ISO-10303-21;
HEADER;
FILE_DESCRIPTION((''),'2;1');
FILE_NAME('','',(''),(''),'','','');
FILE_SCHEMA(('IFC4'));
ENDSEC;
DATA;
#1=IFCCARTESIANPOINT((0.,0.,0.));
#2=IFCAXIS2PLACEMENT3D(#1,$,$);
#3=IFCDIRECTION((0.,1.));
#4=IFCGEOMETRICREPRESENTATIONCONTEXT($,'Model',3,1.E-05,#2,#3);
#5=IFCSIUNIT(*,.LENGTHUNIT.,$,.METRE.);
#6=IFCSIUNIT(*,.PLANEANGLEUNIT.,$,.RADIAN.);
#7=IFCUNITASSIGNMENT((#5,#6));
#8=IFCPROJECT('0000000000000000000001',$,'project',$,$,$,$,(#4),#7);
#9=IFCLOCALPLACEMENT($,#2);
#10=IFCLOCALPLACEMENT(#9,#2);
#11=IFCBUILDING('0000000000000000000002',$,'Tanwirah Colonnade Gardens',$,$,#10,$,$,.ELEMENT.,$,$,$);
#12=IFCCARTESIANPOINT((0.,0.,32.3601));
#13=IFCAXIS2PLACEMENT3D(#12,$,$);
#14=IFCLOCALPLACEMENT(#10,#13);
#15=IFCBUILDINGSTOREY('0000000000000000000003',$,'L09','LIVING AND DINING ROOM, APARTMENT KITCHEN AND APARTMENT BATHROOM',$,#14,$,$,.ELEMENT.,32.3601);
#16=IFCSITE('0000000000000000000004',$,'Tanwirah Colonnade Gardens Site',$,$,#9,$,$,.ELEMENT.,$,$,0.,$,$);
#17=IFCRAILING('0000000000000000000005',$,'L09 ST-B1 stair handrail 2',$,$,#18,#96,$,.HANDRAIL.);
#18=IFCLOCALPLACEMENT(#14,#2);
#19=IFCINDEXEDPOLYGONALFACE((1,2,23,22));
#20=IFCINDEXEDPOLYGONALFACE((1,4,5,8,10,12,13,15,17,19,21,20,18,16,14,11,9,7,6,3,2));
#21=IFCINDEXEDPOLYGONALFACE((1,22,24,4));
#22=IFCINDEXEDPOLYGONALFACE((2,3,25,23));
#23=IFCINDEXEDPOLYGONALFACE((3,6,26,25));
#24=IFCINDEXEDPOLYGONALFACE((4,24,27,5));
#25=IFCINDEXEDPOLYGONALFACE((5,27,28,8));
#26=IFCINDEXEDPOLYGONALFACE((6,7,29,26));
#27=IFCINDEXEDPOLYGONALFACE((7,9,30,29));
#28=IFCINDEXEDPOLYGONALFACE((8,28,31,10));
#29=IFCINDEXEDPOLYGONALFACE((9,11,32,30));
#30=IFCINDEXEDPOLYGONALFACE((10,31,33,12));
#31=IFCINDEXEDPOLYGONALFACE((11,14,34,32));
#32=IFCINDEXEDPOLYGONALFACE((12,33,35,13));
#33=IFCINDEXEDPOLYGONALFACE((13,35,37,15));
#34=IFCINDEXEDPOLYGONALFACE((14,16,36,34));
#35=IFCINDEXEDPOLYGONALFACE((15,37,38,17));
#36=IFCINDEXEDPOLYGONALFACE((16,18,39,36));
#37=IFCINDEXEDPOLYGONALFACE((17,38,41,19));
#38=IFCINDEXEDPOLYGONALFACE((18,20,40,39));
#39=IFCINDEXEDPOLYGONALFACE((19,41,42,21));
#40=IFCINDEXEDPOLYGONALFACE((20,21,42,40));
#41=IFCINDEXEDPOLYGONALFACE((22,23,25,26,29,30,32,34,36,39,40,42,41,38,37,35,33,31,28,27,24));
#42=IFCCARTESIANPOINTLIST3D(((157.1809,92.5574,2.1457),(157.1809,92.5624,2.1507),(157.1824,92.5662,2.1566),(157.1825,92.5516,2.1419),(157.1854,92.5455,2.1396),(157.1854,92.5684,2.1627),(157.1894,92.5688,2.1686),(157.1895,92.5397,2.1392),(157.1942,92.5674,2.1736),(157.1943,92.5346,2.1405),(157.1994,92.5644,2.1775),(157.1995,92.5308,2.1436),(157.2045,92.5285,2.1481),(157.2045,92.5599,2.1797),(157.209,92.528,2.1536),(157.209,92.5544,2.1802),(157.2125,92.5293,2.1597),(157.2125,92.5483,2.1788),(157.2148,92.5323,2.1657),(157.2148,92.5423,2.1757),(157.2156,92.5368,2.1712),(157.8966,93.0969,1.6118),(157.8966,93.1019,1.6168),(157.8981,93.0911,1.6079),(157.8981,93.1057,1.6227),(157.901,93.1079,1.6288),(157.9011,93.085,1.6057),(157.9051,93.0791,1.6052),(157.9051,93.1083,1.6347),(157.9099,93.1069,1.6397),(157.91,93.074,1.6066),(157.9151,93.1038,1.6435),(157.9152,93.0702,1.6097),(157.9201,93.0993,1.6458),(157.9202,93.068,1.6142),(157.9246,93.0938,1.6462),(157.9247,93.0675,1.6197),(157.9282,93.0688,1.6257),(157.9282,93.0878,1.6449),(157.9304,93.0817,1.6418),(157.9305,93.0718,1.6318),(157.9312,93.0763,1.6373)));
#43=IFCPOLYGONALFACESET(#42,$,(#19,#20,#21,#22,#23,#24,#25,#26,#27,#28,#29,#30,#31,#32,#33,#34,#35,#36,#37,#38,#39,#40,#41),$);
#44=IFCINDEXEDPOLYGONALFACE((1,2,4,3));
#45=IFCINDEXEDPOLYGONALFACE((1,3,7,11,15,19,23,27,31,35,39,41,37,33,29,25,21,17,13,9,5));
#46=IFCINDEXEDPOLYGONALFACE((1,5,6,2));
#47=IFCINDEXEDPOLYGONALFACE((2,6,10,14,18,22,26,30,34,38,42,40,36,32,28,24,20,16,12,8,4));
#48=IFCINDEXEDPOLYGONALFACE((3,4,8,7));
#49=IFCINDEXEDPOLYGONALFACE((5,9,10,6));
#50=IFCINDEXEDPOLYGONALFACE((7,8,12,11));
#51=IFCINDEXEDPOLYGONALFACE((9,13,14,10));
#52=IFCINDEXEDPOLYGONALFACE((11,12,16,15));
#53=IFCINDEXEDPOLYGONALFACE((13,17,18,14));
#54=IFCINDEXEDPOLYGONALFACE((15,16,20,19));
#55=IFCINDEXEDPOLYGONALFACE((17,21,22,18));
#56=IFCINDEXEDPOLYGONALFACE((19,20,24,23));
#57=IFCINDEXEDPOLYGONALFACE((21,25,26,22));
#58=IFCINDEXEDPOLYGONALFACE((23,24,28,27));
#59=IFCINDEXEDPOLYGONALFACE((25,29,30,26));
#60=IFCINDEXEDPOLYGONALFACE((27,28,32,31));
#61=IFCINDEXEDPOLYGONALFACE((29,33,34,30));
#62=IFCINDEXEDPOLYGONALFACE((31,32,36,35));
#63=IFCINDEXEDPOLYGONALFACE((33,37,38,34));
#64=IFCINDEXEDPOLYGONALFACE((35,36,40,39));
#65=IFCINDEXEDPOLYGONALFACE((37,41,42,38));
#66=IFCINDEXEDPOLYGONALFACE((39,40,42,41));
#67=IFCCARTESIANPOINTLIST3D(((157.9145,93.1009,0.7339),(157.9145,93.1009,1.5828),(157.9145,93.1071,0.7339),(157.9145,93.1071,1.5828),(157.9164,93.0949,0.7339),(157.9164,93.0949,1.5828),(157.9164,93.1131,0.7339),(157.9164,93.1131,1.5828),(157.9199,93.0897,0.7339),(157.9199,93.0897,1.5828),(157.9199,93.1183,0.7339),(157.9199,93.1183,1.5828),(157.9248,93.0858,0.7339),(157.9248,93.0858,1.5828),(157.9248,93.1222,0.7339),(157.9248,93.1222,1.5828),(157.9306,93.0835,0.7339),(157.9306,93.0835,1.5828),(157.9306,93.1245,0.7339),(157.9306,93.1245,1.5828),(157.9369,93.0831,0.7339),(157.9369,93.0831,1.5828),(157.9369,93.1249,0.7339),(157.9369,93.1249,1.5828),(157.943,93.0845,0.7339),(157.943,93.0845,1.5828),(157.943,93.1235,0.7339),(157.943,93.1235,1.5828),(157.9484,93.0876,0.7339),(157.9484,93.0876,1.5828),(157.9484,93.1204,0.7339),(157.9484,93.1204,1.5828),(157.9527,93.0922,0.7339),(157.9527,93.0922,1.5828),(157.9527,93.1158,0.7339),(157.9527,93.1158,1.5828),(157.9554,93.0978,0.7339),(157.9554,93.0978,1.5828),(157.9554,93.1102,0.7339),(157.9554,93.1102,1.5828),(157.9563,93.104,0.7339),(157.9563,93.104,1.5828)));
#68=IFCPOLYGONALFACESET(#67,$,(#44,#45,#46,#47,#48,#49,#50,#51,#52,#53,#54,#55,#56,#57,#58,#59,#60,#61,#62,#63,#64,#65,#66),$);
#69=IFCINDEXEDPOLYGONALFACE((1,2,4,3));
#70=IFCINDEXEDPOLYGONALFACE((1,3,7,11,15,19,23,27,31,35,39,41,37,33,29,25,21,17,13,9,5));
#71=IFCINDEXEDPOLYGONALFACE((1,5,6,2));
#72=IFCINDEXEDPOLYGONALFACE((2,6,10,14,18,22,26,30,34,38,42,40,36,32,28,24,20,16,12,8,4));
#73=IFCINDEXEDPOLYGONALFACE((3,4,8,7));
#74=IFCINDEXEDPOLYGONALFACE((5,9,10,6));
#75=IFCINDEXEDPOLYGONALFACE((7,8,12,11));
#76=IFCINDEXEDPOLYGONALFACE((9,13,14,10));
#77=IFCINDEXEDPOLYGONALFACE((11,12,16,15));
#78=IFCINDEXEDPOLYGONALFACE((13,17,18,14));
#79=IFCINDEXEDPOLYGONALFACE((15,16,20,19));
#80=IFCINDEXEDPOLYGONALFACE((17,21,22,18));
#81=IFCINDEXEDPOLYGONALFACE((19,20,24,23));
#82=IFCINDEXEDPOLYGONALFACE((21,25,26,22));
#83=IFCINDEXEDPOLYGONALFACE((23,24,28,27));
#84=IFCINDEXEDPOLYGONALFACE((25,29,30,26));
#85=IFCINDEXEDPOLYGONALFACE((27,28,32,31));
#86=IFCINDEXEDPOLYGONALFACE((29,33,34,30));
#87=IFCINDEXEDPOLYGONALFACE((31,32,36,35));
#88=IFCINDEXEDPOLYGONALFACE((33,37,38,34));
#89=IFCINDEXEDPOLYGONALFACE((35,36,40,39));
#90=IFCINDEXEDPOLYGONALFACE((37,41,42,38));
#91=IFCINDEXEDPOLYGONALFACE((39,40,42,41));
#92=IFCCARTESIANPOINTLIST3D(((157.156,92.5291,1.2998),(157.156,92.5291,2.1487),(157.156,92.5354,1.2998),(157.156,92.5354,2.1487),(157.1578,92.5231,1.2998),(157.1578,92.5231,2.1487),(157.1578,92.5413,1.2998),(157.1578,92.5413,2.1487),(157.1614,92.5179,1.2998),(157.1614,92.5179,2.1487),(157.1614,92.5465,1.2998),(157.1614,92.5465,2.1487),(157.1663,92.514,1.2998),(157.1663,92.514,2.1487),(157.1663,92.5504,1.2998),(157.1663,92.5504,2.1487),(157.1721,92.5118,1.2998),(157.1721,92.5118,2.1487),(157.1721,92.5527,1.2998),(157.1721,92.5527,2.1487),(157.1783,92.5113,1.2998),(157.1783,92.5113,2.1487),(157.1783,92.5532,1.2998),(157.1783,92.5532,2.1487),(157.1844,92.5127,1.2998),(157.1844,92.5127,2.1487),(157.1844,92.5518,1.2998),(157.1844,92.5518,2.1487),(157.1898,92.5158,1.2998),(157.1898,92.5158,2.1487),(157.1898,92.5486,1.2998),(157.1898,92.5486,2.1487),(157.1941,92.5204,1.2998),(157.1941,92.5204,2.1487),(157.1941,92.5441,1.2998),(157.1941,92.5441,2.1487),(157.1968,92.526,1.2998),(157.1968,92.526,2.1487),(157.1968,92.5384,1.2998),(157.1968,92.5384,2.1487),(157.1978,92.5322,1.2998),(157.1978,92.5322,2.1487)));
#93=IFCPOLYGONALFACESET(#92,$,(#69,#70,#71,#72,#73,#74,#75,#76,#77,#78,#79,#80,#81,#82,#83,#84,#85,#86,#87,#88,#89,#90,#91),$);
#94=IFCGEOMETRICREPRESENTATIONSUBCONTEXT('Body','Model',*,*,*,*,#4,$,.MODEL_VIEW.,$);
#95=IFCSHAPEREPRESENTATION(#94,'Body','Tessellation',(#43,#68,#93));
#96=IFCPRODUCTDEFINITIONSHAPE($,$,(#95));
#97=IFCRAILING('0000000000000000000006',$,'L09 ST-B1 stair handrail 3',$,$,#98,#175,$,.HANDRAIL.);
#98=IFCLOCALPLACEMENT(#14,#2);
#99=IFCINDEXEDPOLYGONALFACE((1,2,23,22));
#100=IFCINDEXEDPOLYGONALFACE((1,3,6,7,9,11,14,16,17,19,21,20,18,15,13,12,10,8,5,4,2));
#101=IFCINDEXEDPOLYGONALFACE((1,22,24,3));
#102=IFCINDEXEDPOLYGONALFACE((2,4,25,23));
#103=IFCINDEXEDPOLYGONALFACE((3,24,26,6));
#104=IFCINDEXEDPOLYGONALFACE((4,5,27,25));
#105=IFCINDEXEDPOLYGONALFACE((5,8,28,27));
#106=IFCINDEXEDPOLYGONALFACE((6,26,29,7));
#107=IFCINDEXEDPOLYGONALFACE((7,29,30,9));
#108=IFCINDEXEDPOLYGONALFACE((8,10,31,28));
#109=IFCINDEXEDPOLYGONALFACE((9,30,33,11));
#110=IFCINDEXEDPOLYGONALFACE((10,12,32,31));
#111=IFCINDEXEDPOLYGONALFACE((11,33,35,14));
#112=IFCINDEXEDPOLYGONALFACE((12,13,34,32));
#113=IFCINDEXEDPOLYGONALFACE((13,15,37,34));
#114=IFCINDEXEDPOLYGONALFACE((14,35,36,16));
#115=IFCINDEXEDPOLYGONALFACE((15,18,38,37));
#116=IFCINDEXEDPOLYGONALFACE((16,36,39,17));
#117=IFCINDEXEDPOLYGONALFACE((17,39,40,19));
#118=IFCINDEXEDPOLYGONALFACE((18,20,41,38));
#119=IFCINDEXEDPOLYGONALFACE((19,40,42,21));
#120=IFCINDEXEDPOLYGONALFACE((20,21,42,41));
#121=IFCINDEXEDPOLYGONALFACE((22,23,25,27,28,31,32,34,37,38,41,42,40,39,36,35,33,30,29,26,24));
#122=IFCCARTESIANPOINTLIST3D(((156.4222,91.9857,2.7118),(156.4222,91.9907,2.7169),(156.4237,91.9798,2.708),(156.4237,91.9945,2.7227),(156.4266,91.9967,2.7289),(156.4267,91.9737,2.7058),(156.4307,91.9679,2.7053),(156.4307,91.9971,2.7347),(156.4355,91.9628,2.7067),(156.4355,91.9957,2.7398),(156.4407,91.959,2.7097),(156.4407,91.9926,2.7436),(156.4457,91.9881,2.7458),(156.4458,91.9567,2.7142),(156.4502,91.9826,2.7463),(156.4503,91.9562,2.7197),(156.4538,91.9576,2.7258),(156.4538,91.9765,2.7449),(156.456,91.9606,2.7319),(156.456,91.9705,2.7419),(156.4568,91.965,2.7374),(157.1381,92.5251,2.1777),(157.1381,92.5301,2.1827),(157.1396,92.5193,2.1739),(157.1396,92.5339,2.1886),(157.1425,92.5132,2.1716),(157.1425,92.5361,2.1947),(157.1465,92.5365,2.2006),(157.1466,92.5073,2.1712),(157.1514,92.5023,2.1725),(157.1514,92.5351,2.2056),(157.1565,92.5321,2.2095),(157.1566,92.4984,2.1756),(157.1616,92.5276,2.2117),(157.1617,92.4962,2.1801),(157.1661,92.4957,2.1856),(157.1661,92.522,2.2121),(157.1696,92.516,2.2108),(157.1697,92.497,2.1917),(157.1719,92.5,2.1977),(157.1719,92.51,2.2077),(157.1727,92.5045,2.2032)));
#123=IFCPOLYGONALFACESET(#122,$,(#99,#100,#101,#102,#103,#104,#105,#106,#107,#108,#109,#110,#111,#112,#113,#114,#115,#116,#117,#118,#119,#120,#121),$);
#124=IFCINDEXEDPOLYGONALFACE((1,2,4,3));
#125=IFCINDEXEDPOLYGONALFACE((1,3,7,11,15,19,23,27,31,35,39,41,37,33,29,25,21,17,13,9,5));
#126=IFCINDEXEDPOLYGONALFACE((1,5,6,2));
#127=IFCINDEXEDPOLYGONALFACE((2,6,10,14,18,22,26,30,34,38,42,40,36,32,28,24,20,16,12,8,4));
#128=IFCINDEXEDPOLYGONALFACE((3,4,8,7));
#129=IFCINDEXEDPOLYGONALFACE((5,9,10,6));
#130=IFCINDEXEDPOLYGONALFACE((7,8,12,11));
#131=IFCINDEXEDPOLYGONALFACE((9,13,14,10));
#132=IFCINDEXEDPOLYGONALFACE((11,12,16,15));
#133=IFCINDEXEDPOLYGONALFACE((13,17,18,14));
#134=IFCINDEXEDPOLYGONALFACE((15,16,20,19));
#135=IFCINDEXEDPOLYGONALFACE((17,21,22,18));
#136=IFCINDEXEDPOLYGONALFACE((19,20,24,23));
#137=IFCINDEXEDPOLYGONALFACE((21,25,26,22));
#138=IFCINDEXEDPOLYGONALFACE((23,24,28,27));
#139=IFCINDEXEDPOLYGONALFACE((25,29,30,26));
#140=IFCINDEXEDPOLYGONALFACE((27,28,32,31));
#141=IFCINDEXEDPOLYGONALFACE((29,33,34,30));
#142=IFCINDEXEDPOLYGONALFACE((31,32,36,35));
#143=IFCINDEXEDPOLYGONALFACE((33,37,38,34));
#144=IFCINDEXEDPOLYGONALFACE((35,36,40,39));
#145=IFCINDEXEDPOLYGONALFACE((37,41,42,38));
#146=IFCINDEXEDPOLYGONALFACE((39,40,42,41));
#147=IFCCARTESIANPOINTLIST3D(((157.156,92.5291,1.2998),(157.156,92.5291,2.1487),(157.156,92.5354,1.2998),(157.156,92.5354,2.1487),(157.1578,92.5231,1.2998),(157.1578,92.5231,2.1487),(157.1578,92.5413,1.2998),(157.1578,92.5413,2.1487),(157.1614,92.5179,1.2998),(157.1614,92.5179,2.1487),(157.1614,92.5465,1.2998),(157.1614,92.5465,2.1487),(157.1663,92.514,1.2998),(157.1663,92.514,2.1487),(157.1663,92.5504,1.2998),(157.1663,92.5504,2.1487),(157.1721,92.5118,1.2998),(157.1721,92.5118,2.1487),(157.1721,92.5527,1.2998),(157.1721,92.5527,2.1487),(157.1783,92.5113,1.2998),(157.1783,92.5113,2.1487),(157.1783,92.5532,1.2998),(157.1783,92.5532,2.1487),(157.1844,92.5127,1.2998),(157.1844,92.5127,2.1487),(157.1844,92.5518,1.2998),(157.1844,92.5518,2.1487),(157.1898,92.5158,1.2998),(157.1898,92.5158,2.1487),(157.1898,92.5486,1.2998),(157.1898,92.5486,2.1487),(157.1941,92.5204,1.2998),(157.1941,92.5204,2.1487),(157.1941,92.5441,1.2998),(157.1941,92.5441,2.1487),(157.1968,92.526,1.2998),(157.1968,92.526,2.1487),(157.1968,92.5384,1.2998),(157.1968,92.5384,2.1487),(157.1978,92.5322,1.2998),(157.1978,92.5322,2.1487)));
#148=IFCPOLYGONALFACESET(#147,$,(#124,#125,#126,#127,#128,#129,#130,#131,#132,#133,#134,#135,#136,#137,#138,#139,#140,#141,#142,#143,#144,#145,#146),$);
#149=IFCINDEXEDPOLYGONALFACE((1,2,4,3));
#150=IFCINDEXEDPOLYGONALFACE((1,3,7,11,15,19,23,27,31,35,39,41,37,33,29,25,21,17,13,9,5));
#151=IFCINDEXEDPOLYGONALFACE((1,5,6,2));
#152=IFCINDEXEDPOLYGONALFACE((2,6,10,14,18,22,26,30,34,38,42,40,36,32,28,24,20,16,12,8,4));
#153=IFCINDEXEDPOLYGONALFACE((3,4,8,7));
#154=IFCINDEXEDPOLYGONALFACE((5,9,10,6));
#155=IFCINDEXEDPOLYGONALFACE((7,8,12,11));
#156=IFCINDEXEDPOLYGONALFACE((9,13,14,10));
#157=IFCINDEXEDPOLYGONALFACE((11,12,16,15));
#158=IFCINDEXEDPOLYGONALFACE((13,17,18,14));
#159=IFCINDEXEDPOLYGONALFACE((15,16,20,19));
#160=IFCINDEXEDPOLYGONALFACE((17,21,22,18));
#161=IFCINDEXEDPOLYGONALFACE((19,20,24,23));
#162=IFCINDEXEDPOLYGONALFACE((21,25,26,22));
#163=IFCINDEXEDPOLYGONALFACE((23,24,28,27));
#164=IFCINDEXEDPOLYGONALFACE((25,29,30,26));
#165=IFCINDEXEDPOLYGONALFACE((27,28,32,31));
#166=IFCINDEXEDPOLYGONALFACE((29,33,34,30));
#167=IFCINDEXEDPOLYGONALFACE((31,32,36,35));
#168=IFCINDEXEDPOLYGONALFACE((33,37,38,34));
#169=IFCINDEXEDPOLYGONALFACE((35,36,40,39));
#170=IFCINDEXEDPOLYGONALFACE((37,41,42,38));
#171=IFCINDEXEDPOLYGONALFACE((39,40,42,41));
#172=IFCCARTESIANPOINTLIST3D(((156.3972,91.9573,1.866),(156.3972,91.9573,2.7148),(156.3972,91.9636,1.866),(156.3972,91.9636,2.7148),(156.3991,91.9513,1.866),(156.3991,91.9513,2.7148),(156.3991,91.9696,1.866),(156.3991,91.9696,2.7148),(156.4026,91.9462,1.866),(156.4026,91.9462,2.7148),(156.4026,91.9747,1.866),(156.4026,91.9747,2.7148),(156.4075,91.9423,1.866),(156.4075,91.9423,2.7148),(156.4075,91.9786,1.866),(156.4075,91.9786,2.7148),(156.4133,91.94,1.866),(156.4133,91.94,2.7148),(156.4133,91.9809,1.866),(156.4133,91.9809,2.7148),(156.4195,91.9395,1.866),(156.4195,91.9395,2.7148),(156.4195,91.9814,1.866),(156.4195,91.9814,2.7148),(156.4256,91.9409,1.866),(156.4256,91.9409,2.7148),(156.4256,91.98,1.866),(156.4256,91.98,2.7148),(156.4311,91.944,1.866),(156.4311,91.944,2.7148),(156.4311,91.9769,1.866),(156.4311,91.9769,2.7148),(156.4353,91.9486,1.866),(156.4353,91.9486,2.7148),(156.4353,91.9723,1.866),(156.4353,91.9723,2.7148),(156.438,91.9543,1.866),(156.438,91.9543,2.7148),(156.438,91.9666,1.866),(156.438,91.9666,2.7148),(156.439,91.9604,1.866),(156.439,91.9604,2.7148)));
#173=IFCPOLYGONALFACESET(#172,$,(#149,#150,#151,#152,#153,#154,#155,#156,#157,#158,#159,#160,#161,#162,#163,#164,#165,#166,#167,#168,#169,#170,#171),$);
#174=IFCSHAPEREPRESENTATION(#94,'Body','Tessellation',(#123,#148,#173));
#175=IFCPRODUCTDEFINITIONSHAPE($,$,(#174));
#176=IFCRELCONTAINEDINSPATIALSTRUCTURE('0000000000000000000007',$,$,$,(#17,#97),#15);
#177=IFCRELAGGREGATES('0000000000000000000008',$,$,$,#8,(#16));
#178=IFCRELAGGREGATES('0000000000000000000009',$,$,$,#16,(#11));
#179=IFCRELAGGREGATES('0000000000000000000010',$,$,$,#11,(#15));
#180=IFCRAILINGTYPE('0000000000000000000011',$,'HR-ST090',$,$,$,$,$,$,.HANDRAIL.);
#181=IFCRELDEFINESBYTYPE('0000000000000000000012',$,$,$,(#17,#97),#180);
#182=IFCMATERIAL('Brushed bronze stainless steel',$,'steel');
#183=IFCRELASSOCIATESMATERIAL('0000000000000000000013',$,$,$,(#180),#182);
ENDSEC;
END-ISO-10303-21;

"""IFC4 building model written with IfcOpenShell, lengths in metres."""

from ifc_helpers import new_model, si_unit, direction, frame, origin, origin_2d, place, context, subcontext, project, spatial, circle, extrude, material, type_object, element, save


model = new_model("IFC4")

# Units and contexts
model_context = context("Model", 3, precision=1e-05, world=origin(), true_north=direction((0.0, 1.0)))
body_context = subcontext(model_context, "Body", "Model", "MODEL_VIEW")
ifc_project = project(units=[si_unit("LENGTHUNIT", "METRE"), si_unit("PLANEANGLEUNIT", "RADIAN")], contexts=[model_context])

# Site, building, storey
site_placement = place(None, origin())
site = spatial("IfcSite", under=ifc_project, at=site_placement, Name="Tanwirah Colonnade Gardens Site", CompositionType="ELEMENT", RefElevation=0.0)
building_placement = place(site_placement, origin())
building = spatial("IfcBuilding", under=site, at=building_placement, Name="Tanwirah Colonnade Gardens", CompositionType="ELEMENT")
storey_placement = place(building_placement, frame((0.0, 0.0, 32.3601)))
storey = spatial("IfcBuildingStorey", under=building, at=storey_placement, Name="L09", Description="LIVING AND DINING ROOM, APARTMENT KITCHEN AND APARTMENT BATHROOM", CompositionType="ELEMENT", Elevation=32.3601)

# Railings
ifc_material_1 = material(Name="Brushed bronze stainless steel", Category="steel")
railing_type_1 = type_object("IfcRailingType", Name="HR-ST090", PredefinedType="HANDRAIL", material=ifc_material_1)
railing_1_placement = place(storey_placement, frame((157.9353, 93.104, 0.7339)))
element("IfcRailing", 1, at=railing_1_placement, inside=storey, type_object=railing_type_1, Name="L09 ST-B1 stair handrail 2", PredefinedType="HANDRAIL", context=body_context, shape_type="SweptSolid", body=[
    extrude(circle(Radius=0.0239, at=origin_2d()), frame((-0.0215, -0.0161, 0.8918), z_axis=(-0.686028, -0.517116, 0.511817), x_axis=(0.601931, -0.798548, 0.0)), (0.0, 0.0, 1.0), 1.0432),
    extrude(circle(Radius=0.021, at=origin_2d()), origin(), (0.0, 0.0, 1.0), 0.8489),
    extrude(circle(Radius=0.021, at=origin_2d()), frame((-0.7585, -0.5718, 0.5659)), (0.0, 0.0, 1.0), 0.8489),
])
railing_2_placement = place(storey_placement, frame((157.1768, 92.5322, 1.2998)))
element("IfcRailing", 2, at=railing_2_placement, inside=storey, type_object=railing_type_1, Name="L09 ST-B1 stair handrail 3", PredefinedType="HANDRAIL", context=body_context, shape_type="SweptSolid", body=[
    extrude(circle(Radius=0.0239, at=origin_2d()), frame((-0.0215, -0.0161, 0.8918), z_axis=(-0.686068, -0.516979, 0.511902), x_axis=(0.601807, -0.798641, 0.0)), (0.0, 0.0, 1.0), 1.0435),
    extrude(circle(Radius=0.021, at=origin_2d()), origin(), (0.0, 0.0, 1.0), 0.8489),
    extrude(circle(Radius=0.021, at=origin_2d()), frame((-0.7588, -0.5718, 0.5662)), (0.0, 0.0, 1.0), 0.8489),
])

save(model, "model.ifc")
